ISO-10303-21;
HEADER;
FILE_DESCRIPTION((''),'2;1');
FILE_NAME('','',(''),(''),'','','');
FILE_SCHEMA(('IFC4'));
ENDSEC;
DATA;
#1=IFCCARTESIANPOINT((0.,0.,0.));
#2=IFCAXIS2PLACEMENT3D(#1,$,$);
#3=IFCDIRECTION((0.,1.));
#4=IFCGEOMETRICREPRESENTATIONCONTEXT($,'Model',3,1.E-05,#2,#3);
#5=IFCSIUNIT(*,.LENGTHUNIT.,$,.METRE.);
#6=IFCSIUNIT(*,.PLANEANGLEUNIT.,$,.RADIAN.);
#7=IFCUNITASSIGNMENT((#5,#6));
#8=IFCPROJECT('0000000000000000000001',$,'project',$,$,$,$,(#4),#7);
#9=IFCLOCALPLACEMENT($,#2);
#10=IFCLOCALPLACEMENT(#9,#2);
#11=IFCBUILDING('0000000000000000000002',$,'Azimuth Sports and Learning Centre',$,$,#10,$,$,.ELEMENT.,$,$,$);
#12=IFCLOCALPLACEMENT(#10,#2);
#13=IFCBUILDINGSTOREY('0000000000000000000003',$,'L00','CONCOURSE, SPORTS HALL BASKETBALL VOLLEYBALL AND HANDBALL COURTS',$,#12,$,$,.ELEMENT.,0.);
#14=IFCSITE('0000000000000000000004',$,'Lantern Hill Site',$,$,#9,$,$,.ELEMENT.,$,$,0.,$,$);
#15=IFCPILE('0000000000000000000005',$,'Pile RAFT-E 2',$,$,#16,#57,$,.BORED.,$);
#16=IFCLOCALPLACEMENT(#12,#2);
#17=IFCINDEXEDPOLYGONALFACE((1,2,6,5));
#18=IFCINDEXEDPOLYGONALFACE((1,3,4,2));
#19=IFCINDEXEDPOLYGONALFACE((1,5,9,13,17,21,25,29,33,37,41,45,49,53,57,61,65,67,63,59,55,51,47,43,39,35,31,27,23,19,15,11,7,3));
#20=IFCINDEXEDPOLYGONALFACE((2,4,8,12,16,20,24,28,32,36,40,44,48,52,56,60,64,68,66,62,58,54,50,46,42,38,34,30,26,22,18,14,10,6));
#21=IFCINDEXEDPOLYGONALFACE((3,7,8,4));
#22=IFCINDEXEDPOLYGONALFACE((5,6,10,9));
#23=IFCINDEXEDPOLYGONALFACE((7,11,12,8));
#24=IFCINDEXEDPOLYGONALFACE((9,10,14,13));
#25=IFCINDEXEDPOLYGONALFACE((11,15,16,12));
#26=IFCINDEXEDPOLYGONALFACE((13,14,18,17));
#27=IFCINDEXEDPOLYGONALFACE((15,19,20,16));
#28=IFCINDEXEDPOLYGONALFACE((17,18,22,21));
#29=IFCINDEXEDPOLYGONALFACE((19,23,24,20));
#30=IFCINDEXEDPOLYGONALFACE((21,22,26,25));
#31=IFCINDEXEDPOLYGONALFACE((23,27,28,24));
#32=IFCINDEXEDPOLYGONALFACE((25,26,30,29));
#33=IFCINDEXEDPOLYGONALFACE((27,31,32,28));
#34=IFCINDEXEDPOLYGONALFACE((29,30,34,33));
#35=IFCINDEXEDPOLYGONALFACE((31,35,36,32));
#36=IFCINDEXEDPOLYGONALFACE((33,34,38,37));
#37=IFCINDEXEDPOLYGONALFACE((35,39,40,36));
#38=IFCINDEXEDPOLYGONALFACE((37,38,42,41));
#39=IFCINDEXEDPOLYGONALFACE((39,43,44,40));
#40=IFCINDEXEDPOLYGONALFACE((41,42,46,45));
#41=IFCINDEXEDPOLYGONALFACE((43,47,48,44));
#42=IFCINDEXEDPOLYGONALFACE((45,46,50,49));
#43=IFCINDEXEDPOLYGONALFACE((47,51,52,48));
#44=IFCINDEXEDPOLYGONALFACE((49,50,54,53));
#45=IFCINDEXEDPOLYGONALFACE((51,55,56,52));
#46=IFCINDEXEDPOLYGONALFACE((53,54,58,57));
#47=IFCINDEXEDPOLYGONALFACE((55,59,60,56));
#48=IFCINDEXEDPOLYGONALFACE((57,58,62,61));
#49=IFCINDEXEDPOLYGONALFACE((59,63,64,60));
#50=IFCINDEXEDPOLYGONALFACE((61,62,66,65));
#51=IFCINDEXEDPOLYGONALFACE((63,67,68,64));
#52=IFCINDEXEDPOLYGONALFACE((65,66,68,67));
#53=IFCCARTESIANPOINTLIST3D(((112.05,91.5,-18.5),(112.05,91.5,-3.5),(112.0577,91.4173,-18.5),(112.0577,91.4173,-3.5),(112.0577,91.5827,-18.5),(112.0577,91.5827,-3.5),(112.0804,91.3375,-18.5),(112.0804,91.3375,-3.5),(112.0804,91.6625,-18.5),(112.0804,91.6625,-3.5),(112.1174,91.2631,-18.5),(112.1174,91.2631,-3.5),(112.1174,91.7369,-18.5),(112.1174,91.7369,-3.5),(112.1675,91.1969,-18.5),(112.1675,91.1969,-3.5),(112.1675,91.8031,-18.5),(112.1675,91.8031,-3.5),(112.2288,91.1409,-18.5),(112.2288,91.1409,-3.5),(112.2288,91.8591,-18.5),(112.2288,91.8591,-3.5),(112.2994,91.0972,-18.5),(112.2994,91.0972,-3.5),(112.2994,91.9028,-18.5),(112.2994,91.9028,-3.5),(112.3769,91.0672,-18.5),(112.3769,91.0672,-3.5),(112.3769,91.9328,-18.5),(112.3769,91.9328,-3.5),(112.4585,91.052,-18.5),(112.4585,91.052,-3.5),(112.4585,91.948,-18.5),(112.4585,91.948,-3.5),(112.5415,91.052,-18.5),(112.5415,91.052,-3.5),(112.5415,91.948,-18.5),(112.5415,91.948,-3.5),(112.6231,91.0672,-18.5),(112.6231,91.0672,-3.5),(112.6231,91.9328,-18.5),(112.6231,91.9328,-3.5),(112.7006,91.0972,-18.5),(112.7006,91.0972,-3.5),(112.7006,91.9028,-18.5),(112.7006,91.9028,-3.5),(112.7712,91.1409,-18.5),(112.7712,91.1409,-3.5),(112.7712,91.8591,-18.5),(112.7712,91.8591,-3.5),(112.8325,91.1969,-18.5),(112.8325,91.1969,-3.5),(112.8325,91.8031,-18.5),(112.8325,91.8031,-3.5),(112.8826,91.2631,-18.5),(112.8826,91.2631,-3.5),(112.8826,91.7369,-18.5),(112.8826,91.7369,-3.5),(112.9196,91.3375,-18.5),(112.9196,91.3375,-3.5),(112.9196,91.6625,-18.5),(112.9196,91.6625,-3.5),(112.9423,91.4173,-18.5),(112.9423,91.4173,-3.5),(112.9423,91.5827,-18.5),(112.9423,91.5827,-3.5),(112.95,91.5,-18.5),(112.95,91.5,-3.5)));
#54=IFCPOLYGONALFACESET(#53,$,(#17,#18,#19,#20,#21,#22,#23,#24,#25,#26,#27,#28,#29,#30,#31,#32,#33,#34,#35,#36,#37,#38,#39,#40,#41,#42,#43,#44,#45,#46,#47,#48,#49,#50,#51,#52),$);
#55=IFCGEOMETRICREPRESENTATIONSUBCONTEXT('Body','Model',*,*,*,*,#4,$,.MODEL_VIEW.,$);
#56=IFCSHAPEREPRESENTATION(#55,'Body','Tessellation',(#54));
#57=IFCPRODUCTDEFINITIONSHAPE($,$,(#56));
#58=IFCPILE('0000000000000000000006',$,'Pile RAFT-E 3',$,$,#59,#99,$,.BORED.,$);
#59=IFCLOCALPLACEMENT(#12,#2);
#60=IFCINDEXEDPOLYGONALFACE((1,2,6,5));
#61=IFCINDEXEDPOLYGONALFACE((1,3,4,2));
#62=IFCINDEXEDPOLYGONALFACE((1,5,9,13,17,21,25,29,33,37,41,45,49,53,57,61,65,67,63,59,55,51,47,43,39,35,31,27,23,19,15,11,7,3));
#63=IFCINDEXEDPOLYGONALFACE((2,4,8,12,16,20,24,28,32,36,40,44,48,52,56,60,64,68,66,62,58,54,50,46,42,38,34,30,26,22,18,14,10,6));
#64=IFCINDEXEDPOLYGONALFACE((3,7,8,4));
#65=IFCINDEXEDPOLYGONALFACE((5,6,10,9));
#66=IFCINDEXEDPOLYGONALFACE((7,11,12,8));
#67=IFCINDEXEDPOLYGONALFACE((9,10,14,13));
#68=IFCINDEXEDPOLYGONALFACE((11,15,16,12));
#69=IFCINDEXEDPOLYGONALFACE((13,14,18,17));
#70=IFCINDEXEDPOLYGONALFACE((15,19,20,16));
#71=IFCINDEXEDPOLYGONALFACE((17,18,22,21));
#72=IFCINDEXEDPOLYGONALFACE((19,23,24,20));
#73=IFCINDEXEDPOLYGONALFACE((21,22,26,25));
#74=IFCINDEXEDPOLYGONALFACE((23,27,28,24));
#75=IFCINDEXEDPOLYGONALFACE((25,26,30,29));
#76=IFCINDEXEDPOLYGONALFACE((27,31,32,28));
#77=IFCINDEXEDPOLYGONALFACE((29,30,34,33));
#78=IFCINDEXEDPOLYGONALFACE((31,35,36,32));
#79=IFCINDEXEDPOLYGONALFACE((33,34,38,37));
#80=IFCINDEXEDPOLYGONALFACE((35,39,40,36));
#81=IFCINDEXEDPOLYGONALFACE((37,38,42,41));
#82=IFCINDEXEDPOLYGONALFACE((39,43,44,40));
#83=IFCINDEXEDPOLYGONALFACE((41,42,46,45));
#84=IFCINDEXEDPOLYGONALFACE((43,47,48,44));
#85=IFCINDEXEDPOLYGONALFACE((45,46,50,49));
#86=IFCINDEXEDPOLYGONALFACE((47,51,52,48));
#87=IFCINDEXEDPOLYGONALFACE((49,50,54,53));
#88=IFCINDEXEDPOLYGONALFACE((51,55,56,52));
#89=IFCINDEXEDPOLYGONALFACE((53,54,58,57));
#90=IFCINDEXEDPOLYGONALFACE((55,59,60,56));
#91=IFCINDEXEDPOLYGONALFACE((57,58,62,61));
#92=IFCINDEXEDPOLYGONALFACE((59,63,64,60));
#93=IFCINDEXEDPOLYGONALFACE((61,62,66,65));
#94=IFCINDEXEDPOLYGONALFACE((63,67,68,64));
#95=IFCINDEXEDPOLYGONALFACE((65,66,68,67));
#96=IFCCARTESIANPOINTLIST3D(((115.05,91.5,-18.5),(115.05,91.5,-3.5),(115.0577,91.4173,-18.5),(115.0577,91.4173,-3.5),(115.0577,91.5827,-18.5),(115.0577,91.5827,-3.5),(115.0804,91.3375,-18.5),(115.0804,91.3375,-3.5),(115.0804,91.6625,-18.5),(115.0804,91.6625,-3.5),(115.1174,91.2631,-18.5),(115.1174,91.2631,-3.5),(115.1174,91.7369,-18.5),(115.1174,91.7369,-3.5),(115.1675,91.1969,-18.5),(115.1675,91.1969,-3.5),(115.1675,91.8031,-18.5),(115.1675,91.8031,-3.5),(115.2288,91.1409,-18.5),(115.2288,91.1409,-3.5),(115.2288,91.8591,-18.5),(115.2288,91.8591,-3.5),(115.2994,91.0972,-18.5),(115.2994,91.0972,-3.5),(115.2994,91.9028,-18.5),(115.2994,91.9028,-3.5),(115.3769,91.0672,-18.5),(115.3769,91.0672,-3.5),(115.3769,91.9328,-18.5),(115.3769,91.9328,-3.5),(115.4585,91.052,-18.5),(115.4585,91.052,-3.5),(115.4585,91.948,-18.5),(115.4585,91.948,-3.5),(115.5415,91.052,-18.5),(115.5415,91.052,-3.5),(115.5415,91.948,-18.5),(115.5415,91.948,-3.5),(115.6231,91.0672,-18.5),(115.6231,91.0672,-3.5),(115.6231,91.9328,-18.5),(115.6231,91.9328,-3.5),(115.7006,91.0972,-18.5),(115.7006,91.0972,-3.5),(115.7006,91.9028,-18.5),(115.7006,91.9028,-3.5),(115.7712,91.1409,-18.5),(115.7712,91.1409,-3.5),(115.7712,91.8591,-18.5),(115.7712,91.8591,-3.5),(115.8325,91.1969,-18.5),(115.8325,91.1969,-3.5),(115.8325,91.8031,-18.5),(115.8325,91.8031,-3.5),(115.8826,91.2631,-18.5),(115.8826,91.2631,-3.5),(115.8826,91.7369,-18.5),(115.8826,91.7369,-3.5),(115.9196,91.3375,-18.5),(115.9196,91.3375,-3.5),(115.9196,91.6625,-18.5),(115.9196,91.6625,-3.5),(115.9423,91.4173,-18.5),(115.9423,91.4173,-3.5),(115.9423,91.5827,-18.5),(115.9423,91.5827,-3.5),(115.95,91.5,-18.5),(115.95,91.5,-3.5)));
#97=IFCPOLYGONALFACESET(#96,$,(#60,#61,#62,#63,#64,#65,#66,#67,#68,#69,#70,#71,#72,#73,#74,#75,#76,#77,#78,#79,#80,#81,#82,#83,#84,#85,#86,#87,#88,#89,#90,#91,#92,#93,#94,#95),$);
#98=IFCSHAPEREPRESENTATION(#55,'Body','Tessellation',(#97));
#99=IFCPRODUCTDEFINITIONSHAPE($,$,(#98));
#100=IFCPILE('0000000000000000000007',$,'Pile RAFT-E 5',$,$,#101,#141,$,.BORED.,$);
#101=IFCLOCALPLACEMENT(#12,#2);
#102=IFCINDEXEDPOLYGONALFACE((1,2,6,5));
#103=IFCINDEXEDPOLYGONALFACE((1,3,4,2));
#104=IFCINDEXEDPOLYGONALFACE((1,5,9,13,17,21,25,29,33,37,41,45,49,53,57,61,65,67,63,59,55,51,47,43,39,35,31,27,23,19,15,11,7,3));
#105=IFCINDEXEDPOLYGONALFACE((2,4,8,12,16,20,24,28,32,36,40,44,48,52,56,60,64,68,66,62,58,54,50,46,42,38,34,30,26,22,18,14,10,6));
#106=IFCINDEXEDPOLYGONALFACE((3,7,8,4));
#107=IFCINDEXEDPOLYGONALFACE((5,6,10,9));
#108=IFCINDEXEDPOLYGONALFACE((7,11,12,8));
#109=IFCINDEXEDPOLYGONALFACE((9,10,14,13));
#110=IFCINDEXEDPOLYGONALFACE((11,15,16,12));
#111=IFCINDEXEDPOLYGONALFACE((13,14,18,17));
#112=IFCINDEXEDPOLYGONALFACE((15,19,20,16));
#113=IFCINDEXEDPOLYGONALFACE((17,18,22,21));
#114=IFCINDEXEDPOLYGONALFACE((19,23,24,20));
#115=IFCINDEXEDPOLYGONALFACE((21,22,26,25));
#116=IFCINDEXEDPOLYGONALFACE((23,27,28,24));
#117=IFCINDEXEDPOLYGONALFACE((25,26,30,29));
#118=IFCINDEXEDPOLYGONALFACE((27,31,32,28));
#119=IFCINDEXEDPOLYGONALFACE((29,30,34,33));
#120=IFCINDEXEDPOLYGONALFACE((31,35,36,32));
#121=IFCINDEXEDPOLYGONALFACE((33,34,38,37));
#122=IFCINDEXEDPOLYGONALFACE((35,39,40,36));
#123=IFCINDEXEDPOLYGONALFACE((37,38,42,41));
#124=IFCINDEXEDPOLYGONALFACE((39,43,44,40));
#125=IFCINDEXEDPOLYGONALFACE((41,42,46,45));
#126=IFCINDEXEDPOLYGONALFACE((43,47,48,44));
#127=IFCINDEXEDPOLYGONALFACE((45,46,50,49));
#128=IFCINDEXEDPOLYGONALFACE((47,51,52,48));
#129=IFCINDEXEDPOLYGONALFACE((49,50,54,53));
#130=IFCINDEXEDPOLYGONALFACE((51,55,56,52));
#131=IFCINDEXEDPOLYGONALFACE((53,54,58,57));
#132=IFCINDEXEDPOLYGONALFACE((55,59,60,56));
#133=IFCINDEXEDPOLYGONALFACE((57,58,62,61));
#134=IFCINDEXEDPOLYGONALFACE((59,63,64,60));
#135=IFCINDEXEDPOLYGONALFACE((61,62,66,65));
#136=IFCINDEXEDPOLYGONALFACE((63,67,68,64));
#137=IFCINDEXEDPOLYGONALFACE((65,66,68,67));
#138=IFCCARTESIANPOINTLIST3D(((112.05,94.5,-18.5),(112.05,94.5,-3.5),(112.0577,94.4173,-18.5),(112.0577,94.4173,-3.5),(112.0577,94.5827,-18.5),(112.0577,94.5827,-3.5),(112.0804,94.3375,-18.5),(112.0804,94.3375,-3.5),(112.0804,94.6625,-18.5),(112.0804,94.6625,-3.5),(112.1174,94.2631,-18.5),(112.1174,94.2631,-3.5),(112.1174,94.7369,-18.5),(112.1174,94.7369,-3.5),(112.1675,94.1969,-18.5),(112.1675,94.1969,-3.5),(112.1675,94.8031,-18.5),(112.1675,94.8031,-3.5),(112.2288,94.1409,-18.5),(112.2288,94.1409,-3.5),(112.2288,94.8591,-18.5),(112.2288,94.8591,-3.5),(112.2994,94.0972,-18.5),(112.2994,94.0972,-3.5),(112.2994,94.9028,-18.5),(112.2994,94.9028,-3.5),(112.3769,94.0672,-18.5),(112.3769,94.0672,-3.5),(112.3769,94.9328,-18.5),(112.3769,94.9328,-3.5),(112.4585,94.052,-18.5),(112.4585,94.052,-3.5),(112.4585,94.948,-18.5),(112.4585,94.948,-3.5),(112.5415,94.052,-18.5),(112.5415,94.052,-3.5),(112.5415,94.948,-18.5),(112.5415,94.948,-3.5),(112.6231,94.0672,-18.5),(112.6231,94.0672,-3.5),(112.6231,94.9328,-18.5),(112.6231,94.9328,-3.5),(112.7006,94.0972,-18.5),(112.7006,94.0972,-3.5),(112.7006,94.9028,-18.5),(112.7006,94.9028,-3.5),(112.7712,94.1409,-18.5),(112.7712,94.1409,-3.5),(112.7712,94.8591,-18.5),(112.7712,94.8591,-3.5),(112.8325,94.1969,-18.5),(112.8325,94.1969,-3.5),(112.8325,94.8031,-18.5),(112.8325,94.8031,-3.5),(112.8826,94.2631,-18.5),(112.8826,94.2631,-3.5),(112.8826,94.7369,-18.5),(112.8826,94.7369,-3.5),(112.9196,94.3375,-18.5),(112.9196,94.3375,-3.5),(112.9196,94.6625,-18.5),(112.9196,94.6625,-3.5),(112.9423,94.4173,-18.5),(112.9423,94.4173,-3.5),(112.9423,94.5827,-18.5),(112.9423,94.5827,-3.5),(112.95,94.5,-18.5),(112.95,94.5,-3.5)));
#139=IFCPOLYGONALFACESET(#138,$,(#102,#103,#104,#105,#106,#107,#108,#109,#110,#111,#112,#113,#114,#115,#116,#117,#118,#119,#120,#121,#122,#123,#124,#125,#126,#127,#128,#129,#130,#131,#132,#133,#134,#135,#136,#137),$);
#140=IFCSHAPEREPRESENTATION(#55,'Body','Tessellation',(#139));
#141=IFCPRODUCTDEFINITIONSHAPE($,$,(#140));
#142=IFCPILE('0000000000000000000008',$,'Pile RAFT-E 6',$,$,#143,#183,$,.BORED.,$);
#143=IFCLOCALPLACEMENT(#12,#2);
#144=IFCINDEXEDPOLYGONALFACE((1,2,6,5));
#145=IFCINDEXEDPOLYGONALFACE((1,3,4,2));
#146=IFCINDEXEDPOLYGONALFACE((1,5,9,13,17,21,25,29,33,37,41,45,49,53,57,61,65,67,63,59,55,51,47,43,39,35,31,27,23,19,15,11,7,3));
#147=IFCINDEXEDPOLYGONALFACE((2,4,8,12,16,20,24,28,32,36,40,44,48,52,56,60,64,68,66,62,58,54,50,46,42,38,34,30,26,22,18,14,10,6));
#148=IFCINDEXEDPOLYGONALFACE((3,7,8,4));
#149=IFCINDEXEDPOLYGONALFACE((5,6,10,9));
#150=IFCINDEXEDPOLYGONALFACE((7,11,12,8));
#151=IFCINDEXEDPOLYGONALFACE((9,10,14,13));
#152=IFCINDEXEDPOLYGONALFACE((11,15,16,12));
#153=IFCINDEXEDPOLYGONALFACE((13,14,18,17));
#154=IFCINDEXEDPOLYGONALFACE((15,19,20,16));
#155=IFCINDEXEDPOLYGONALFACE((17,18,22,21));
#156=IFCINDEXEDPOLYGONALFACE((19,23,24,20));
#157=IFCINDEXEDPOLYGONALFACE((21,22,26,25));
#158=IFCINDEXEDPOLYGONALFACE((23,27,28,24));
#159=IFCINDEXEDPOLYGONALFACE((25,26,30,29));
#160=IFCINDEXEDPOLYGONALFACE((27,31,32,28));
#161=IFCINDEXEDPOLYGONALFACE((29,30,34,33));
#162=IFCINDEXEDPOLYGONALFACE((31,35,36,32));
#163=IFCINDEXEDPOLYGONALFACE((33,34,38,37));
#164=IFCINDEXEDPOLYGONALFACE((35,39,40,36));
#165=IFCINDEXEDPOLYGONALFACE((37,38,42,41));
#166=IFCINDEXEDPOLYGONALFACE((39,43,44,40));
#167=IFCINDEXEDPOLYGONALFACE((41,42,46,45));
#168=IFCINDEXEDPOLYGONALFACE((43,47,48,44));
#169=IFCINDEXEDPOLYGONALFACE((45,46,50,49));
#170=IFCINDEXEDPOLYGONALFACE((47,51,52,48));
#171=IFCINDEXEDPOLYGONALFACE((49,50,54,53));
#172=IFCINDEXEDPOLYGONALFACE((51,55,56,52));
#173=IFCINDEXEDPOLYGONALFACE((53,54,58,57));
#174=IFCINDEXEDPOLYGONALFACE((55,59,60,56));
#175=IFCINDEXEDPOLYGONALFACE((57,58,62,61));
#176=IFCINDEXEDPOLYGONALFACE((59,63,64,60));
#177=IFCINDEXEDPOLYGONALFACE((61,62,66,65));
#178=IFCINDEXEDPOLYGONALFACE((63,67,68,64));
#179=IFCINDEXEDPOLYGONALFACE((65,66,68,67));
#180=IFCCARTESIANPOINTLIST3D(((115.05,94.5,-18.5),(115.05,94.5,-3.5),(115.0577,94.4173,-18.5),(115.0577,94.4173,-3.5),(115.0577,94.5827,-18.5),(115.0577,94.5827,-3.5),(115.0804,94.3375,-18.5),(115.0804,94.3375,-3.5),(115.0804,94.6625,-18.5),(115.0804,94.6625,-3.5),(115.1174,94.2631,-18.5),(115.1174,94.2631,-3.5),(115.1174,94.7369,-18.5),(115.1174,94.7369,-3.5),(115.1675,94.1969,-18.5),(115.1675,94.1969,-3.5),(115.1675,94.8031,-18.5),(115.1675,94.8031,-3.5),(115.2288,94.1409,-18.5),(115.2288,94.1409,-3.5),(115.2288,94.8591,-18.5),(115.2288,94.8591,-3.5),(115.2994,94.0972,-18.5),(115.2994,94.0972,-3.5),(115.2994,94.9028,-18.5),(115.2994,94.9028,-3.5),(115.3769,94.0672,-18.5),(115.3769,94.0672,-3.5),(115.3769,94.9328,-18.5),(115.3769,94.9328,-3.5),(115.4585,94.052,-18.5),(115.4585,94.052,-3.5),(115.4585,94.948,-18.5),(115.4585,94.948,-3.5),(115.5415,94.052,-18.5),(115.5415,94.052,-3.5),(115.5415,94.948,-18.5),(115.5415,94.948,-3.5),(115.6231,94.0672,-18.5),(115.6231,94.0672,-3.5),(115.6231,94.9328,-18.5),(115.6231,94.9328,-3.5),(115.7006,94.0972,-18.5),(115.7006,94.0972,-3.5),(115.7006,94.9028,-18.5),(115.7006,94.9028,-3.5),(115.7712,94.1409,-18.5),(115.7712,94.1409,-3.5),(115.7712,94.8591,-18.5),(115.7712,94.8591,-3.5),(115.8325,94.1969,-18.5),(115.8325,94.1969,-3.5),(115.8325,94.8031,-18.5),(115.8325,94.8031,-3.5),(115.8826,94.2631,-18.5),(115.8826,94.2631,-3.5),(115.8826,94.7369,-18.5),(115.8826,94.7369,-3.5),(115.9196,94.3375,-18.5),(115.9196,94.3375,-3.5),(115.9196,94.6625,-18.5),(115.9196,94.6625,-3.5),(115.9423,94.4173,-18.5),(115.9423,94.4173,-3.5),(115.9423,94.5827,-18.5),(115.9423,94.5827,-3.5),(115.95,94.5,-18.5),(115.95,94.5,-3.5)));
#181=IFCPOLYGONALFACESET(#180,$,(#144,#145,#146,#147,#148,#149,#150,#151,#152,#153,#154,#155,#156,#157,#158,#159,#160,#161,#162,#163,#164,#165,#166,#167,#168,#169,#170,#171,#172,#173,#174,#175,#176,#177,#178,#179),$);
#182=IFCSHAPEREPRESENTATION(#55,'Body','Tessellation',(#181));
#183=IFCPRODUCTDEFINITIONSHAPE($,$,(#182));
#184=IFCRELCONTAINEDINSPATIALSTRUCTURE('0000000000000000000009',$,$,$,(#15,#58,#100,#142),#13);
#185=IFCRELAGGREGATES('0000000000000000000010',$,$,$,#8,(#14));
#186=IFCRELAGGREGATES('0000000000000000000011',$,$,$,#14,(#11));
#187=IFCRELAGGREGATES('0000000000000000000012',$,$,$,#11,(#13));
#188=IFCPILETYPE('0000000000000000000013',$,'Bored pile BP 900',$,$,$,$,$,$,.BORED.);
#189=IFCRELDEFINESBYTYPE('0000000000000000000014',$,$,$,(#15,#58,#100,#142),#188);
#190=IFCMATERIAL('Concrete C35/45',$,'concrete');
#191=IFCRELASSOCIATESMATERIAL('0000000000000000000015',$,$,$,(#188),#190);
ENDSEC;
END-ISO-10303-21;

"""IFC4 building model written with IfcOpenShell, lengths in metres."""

from ifc_helpers import new_model, si_unit, direction, frame, origin, origin_2d, place, context, subcontext, project, spatial, circle, extrude, material, material_profile, profile_set, type_object, element, save


model = new_model("IFC4")

# Units and contexts
model_context = context("Model", 3, precision=1e-05, world=origin(), true_north=direction((0.0, 1.0)))
body_context = subcontext(model_context, "Body", "Model", "MODEL_VIEW")
ifc_project = project(units=[si_unit("LENGTHUNIT", "METRE"), si_unit("PLANEANGLEUNIT", "RADIAN")], contexts=[model_context])

# Site, building, storey
site_placement = place(None, origin())
site = spatial("IfcSite", under=ifc_project, at=site_placement, Name="Lantern Hill Site", CompositionType="ELEMENT", RefElevation=0.0)
building_placement = place(site_placement, origin())
building = spatial("IfcBuilding", under=site, at=building_placement, Name="Azimuth Sports and Learning Centre", CompositionType="ELEMENT")
storey_placement = place(building_placement, origin())
storey = spatial("IfcBuildingStorey", under=building, at=storey_placement, Name="L00", Description="CONCOURSE, SPORTS HALL BASKETBALL VOLLEYBALL AND HANDBALL COURTS", CompositionType="ELEMENT", Elevation=0.0)

# Piles
ifc_material_1 = material(Name="Concrete C35/45", Category="concrete")
ifc_material_profile_1 = material_profile(ifc_material_1, circle(Radius=0.45, at=origin_2d()), Name="BP 900")
ifc_profile_set_1 = profile_set([ifc_material_profile_1], Name="Concrete C35/45")
pile_type = type_object("IfcPileType", Name="Bored pile BP 900", PredefinedType="BORED", material=ifc_profile_set_1)
for number, where, z_axis, x_axis, name in (
    (1, (112.5, 91.5, -3.5), (0.0, 0.0, -1.0), (1.0, 0.0, 0.0), "Pile RAFT-E 2"),
    (2, (115.5, 91.5, -3.5), (0.0, 0.0, -1.0), (1.0, 0.0, 0.0), "Pile RAFT-E 3"),
    (3, (112.5, 94.5, -3.5), (0.0, 0.0, -1.0), (1.0, 0.0, 0.0), "Pile RAFT-E 5"),
    (4, (115.5, 94.5, -3.5), (0.0, 0.0, -1.0), (1.0, 0.0, 0.0), "Pile RAFT-E 6"),
):
    element("IfcPile", number, at=place(storey_placement, frame(where, z_axis=z_axis, x_axis=x_axis)), inside=storey, type_object=pile_type, Name=name, PredefinedType="BORED", context=body_context, shape_type="SweptSolid", body=[
        extrude(circle(Radius=0.45, at=origin_2d()), origin(), (0.0, 0.0, 1.0), 15.0),
    ])

save(model, "model.ifc")
